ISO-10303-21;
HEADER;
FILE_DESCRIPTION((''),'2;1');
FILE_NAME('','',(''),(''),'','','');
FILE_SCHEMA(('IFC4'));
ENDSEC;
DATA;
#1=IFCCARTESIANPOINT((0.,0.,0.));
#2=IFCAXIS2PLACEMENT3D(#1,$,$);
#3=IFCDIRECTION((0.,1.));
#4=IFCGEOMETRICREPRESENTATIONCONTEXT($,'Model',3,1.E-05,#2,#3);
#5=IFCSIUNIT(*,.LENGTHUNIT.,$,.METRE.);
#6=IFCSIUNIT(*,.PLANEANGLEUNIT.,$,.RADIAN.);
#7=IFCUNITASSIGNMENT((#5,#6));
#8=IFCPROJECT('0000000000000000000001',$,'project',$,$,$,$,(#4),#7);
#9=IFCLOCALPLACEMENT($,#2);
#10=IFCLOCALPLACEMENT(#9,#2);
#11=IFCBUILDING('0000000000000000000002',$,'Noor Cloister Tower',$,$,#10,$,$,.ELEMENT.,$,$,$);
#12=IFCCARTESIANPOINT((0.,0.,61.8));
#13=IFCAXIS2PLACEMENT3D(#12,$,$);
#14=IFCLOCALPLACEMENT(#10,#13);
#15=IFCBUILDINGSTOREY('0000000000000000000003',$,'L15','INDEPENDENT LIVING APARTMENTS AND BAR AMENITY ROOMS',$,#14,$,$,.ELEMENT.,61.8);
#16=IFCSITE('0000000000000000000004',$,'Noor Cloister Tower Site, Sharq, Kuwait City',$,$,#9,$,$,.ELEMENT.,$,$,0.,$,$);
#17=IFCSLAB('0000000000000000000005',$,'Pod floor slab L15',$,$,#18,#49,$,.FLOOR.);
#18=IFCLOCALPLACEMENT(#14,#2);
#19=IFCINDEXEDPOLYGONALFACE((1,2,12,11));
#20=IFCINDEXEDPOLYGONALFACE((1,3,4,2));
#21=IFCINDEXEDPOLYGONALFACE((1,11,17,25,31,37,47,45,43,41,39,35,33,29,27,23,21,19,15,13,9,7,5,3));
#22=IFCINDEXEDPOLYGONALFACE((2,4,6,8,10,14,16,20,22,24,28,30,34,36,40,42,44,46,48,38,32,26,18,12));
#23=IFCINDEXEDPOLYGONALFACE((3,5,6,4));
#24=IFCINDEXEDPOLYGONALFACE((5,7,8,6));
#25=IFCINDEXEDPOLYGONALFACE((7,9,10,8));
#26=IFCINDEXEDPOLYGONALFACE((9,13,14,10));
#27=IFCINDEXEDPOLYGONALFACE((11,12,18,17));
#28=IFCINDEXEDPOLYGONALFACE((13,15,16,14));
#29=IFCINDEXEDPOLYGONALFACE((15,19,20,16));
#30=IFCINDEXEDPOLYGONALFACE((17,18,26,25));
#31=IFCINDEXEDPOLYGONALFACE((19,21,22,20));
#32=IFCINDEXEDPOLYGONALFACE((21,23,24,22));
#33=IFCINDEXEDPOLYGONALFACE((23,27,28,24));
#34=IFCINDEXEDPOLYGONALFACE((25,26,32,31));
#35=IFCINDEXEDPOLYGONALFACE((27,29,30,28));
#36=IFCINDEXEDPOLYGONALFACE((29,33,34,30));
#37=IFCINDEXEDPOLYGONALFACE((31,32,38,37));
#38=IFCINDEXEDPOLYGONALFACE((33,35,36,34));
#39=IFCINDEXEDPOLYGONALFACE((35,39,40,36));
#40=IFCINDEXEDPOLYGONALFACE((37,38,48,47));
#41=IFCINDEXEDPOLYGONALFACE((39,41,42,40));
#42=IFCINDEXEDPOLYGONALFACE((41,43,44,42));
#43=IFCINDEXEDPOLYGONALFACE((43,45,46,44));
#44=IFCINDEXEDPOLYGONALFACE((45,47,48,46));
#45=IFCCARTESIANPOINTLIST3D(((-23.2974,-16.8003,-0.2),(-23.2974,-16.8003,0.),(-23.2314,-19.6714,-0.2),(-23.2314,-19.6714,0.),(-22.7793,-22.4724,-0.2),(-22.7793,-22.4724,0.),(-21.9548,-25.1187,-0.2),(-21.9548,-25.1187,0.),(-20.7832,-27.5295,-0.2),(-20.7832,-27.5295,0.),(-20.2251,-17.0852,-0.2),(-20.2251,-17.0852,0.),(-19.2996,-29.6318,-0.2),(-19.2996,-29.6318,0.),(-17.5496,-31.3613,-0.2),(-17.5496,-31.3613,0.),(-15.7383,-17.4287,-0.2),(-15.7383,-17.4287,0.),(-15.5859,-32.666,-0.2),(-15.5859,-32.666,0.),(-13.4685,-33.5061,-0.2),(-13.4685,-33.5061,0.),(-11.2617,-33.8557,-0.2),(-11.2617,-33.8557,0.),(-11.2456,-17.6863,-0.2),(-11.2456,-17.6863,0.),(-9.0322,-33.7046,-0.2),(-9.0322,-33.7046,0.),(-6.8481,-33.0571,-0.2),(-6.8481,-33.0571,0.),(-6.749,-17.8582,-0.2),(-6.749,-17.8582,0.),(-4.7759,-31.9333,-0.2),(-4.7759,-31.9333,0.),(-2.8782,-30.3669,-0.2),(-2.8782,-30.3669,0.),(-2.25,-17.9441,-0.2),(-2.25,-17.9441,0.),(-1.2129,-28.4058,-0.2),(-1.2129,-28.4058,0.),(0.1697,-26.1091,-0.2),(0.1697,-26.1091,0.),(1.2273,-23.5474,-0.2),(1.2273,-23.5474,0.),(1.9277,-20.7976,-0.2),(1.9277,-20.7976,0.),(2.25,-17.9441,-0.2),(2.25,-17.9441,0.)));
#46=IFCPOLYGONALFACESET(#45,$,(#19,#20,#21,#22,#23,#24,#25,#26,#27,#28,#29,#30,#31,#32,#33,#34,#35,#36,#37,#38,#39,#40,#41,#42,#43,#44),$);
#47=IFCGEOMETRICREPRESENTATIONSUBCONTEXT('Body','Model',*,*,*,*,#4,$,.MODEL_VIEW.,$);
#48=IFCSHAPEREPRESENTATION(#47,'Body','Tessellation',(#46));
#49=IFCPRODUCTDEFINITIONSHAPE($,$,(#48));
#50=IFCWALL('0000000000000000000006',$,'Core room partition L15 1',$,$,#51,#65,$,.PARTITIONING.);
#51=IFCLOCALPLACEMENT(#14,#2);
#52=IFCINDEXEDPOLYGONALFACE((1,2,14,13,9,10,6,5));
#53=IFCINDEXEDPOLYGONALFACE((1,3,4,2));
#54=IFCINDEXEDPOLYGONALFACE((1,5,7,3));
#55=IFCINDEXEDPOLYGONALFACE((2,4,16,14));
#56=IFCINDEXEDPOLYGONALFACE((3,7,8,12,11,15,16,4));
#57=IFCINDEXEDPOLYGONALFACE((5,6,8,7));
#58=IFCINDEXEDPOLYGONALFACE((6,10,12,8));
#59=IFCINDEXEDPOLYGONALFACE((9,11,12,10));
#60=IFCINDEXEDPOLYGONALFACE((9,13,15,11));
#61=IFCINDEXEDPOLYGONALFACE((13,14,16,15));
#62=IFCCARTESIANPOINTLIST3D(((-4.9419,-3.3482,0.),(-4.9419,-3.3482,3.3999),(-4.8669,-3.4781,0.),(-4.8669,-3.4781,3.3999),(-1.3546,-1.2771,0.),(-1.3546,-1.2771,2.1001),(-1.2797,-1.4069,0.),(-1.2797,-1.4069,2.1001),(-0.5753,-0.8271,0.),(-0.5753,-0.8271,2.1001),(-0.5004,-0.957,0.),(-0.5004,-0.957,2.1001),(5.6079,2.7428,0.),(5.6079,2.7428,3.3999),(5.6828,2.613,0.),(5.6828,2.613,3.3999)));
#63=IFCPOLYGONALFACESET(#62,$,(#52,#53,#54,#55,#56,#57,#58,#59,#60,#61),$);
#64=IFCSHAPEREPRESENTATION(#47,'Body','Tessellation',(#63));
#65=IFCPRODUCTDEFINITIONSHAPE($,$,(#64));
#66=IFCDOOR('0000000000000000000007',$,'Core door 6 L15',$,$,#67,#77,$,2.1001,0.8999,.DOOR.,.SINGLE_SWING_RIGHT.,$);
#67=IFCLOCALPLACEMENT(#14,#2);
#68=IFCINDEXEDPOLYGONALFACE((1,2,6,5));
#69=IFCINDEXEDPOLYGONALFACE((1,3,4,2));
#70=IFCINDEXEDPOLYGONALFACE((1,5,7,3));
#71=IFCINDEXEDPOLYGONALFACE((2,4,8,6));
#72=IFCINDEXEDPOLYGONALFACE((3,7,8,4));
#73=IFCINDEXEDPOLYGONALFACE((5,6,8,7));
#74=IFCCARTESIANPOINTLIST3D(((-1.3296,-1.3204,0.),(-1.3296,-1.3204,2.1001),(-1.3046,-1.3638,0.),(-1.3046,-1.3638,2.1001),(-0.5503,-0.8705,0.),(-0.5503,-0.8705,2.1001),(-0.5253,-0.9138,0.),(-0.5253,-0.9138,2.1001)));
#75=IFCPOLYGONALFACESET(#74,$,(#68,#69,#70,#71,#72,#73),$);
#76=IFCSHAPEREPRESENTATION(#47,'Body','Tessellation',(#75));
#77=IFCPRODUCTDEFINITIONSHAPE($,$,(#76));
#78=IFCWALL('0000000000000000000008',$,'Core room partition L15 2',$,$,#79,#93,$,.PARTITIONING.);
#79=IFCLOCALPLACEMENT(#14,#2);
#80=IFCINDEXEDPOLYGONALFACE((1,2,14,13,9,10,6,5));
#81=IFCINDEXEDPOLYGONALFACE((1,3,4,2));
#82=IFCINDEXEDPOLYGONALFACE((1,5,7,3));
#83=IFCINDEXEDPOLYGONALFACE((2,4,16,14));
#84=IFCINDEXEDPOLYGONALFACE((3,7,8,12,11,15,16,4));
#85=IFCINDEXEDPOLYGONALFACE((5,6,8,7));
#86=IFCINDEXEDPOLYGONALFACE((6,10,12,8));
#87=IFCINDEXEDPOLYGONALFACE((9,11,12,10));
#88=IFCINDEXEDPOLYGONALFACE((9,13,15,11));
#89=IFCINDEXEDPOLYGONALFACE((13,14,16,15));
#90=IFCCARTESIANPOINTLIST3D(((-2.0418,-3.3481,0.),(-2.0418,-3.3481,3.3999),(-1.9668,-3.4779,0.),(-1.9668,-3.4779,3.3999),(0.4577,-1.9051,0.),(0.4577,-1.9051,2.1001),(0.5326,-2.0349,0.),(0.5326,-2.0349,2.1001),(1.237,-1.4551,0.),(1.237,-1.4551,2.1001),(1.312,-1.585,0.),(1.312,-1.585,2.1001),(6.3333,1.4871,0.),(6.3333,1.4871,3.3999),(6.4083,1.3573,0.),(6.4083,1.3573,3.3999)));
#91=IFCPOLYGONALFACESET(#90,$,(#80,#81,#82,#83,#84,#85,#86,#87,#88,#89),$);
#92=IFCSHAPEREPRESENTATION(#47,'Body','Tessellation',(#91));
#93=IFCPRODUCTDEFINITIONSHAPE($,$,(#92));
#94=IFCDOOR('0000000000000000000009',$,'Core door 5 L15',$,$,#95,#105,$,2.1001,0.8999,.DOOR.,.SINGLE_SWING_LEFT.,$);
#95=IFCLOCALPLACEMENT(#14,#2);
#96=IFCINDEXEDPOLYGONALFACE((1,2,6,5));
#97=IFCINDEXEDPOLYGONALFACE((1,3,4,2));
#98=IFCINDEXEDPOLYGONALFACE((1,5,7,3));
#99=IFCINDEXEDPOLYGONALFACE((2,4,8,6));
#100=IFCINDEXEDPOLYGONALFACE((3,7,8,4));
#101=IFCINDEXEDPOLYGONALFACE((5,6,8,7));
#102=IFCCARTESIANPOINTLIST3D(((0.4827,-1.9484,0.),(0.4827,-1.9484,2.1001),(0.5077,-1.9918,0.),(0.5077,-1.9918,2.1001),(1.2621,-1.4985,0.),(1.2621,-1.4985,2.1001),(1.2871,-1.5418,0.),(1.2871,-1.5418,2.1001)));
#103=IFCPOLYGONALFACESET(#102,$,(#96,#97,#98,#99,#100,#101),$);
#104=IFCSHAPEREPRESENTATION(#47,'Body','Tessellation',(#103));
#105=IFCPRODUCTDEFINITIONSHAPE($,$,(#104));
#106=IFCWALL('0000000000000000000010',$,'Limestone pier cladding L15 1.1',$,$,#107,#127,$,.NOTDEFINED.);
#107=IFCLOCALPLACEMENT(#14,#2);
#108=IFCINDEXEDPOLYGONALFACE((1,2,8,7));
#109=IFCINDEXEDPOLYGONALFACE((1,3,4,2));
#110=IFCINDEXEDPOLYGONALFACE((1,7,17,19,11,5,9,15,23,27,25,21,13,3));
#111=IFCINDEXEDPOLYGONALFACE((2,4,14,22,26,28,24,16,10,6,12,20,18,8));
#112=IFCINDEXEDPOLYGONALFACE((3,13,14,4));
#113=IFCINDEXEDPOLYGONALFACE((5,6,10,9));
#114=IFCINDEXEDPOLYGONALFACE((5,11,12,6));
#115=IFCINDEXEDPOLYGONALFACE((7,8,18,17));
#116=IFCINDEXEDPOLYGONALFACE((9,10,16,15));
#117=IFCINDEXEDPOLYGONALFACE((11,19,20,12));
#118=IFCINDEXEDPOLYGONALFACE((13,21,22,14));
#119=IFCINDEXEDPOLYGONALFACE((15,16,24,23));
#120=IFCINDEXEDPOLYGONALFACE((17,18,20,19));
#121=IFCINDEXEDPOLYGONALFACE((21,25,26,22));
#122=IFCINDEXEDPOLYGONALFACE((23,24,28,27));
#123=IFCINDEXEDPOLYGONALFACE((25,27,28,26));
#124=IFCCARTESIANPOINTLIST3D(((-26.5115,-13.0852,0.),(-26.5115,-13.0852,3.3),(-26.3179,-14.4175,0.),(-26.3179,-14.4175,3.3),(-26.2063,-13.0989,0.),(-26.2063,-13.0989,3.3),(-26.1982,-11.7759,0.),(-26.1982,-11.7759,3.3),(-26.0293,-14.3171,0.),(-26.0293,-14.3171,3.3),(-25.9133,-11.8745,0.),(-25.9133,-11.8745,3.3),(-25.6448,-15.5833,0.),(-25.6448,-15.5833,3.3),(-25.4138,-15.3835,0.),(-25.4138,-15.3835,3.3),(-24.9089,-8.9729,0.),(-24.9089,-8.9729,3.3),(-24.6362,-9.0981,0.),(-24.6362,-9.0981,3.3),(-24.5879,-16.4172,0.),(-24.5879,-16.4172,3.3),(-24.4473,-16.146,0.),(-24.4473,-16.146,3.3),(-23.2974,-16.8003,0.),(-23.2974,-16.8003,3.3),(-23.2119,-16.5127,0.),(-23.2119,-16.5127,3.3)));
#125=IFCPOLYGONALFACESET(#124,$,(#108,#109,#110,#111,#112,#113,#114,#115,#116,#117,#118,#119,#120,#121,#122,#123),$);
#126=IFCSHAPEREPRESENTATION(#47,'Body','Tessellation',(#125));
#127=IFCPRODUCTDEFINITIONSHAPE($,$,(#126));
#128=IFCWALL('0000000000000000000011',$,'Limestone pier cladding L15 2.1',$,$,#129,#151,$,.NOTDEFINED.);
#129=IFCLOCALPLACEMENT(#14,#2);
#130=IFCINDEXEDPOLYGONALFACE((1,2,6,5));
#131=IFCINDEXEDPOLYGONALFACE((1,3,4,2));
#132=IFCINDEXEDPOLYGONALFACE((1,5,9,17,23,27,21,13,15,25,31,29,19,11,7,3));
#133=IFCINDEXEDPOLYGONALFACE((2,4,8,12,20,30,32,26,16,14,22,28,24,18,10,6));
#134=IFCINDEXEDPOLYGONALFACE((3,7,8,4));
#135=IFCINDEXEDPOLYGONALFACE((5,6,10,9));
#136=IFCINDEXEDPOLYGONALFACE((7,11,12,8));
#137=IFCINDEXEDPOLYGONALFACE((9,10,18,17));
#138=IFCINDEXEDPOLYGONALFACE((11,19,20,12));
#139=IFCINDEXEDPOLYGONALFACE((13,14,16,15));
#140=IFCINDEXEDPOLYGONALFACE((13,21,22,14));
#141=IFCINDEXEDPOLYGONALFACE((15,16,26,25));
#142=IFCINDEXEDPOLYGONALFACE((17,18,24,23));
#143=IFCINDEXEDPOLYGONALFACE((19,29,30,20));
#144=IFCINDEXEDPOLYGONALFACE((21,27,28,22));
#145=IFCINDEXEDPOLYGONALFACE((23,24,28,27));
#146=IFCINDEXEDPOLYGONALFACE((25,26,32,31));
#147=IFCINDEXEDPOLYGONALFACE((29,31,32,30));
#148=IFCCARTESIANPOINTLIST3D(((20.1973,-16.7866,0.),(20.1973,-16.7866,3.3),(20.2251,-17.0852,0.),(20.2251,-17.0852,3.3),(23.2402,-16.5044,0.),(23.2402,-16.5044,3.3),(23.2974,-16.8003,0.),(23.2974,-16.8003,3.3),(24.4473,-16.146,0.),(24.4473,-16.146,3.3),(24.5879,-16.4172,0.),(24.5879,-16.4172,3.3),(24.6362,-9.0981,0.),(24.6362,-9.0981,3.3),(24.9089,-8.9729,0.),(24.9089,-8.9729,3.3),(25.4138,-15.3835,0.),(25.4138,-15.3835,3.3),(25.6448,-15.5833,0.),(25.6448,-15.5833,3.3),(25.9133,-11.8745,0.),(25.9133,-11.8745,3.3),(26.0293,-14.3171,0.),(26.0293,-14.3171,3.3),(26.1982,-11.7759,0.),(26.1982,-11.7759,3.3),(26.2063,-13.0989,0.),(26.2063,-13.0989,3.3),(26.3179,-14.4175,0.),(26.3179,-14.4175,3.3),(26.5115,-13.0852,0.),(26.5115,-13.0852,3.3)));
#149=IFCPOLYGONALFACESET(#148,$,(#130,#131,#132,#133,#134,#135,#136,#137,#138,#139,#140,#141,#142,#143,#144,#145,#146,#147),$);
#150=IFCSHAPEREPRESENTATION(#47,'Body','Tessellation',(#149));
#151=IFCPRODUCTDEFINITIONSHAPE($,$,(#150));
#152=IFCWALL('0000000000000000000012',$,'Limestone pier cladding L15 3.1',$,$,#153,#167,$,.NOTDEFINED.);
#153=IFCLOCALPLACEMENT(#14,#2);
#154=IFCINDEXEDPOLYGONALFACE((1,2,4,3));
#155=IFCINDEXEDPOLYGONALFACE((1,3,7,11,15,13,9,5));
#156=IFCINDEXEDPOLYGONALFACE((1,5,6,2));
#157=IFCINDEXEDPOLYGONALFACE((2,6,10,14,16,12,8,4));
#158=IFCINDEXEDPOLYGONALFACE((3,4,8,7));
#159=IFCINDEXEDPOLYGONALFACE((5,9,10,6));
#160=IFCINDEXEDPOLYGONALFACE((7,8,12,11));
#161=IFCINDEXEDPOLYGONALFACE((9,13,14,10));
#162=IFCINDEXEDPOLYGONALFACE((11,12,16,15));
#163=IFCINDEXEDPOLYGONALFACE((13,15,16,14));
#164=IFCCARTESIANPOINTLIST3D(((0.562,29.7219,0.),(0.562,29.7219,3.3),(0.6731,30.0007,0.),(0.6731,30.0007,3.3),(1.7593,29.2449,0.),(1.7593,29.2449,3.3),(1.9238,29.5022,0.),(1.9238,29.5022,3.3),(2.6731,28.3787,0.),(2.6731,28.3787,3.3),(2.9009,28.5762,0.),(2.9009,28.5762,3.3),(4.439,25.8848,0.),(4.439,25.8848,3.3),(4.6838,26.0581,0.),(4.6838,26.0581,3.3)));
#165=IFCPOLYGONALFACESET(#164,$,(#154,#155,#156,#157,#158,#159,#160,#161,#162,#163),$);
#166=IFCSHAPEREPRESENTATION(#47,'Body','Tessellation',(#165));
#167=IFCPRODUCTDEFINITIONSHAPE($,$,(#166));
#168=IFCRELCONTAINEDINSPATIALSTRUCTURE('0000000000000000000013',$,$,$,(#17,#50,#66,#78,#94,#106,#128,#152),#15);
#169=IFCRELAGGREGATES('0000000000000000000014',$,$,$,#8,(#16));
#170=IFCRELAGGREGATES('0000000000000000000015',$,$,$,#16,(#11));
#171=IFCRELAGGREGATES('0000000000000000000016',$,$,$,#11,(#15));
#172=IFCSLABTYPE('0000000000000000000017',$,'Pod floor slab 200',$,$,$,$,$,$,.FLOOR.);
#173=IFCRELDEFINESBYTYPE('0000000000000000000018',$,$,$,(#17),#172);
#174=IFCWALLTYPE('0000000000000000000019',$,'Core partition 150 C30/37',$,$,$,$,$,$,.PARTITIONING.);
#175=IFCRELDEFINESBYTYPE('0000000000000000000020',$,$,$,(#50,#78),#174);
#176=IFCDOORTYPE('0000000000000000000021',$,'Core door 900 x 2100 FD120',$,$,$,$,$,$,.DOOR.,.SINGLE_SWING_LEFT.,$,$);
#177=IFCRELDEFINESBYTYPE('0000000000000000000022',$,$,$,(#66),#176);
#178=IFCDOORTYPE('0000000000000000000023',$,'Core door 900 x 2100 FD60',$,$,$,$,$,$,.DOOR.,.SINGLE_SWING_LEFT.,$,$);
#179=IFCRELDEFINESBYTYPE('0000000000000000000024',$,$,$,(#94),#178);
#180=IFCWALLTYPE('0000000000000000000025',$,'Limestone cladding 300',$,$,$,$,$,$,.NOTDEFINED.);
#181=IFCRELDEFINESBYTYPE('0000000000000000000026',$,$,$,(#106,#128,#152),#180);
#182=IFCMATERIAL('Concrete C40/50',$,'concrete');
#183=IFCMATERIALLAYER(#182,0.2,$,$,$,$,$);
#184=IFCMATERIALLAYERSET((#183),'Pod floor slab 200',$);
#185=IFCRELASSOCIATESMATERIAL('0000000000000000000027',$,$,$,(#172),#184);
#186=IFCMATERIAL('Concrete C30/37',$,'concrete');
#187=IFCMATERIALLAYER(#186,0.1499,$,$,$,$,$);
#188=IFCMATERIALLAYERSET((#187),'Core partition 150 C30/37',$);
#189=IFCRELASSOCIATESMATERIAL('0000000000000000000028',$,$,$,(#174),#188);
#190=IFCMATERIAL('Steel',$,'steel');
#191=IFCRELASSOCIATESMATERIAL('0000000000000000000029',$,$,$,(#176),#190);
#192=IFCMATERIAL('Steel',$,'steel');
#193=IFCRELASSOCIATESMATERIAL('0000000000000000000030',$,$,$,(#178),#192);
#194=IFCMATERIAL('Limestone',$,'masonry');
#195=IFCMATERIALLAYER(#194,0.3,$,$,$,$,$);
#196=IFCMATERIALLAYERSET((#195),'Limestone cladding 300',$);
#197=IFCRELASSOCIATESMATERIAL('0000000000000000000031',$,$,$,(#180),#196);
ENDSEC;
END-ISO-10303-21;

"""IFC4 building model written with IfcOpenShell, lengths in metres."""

from ifc_helpers import new_model, si_unit, direction, frame, frame_2d, origin, place, context, subcontext, project, spatial, polyline, rectangle, outline, extrude, material, layer, layer_set, type_object, element, fill, save


model = new_model("IFC4")

# Units and contexts
model_context = context("Model", 3, precision=1e-05, world=origin(), true_north=direction((0.0, 1.0)))
body_context = subcontext(model_context, "Body", "Model", "MODEL_VIEW")
ifc_project = project(units=[si_unit("LENGTHUNIT", "METRE"), si_unit("PLANEANGLEUNIT", "RADIAN")], contexts=[model_context])

# Site, building, storey
site_placement = place(None, origin())
site = spatial("IfcSite", under=ifc_project, at=site_placement, Name="Noor Cloister Tower Site, Sharq, Kuwait City", CompositionType="ELEMENT", RefElevation=0.0)
building_placement = place(site_placement, origin())
building = spatial("IfcBuilding", under=site, at=building_placement, Name="Noor Cloister Tower", CompositionType="ELEMENT")
storey_placement = place(building_placement, frame((0.0, 0.0, 61.8)))
storey = spatial("IfcBuildingStorey", under=building, at=storey_placement, Name="L15", Description="INDEPENDENT LIVING APARTMENTS AND BAR AMENITY ROOMS", CompositionType="ELEMENT", Elevation=61.8)

# Slab
ifc_material_1 = material(Name="Concrete C40/50", Category="concrete")
ifc_layer_1 = layer(ifc_material_1, 0.2)
ifc_layer_set_1 = layer_set([ifc_layer_1], Name="Pod floor slab 200")
slab_type_1 = type_object("IfcSlabType", Name="Pod floor slab 200", PredefinedType="FLOOR", material=ifc_layer_set_1)
slab_1_placement = place(storey_placement, frame((0.0, 0.0, -0.2)))
element("IfcSlab", 1, at=slab_1_placement, inside=storey, type_object=slab_type_1, Name="Pod floor slab L15", PredefinedType="FLOOR", context=body_context, shape_type="SweptSolid", body=[
    extrude(outline(polyline([(-23.2974, -16.8003), (-23.2314, -19.6714), (-22.7793, -22.4724), (-21.9548, -25.1187), (-20.7832, -27.5295), (-19.2996, -29.6318), (-17.5496, -31.3613), (-15.5859, -32.666), (-13.4685, -33.5061), (-11.2617, -33.8557), (-9.0322, -33.7046), (-6.8481, -33.0571), (-4.7759, -31.9333), (-2.8782, -30.3669), (-1.2129, -28.4058), (0.1697, -26.1091), (1.2273, -23.5474), (1.9277, -20.7976), (2.25, -17.9441), (-2.25, -17.9441), (-6.749, -17.8582), (-11.2456, -17.6863), (-15.7383, -17.4287), (-20.2251, -17.0852), (-23.2974, -16.8003)])), origin(), (0.0, 0.0, 1.0), 0.2),
])

# Walls, openings, doors
ifc_material_2 = material(Name="Concrete C30/37", Category="concrete")
ifc_layer_2 = layer(ifc_material_2, 0.1499)
ifc_layer_set_2 = layer_set([ifc_layer_2], Name="Core partition 150 C30/37")
wall_type_1 = type_object("IfcWallType", Name="Core partition 150 C30/37", PredefinedType="PARTITIONING", material=ifc_layer_set_2)
wall_1_placement = place(storey_placement, frame((-4.9043, -3.4131, 0.0), z_axis=(0.0, 0.0, 1.0), x_axis=(0.866021, 0.500008, 0.0)))
wall_1 = element("IfcWall", 2, at=wall_1_placement, inside=storey, type_object=wall_type_1, Name="Core room partition L15 1", PredefinedType="PARTITIONING", context=body_context, shape_type="SweptSolid", body=[
    extrude(rectangle(XDim=12.1819, YDim=0.1499, at=frame_2d((6.0908, 0.0))), origin(), (0.0, 0.0, 1.0), 3.3999),
])
opening_1_placement = place(wall_1_placement, frame((4.1421, 0.0, 0.0)))
opening_1 = element("IfcOpeningElement", 3, at=opening_1_placement, cuts=wall_1, PredefinedType="OPENING", context=body_context, shape_type="SweptSolid", body=[
    extrude(rectangle(XDim=0.8999, YDim=2.1001, at=frame_2d((0.45, 1.05))), frame((0.0, 0.085, 0.0), z_axis=(0.0, -1.0, 0.0), x_axis=(1.0, 0.0, 0.0)), (0.0, 0.0, 1.0), 0.1699),
])
ifc_material_3 = material(Name="Steel", Category="steel")
door_type_1 = type_object("IfcDoorType", Name="Core door 900 x 2100 FD120", OperationType="SINGLE_SWING_LEFT", PredefinedType="DOOR", material=ifc_material_3)
door_1_placement = place(opening_1_placement, origin())
door_1 = element("IfcDoor", 4, at=door_1_placement, inside=storey, type_object=door_type_1, Name="Core door 6 L15", OperationType="SINGLE_SWING_RIGHT", OverallHeight=2.1001, OverallWidth=0.8999, PredefinedType="DOOR", context=body_context, shape_type="SweptSolid", body=[
    extrude(rectangle(XDim=0.8999, YDim=2.1001, at=frame_2d((0.45, 1.05))), frame((0.0, 0.0249, 0.0), z_axis=(0.0, -1.0, 0.0), x_axis=(1.0, 0.0, 0.0)), (0.0, 0.0, 1.0), 0.05),
])
fill(opening_1, door_1)
wall_2_placement = place(storey_placement, frame((-2.0044, -3.4131, 0.0), z_axis=(0.0, 0.0, 1.0), x_axis=(0.86603, 0.499992, 0.0)))
wall_2 = element("IfcWall", 5, at=wall_2_placement, inside=storey, type_object=wall_type_1, Name="Core room partition L15 2", PredefinedType="PARTITIONING", context=body_context, shape_type="SweptSolid", body=[
    extrude(rectangle(XDim=9.6707, YDim=0.1499, at=frame_2d((4.8354, 0.0))), origin(), (0.0, 0.0, 1.0), 3.3999),
])
opening_2_placement = place(wall_2_placement, frame((2.8862, 0.0, 0.0)))
opening_2 = element("IfcOpeningElement", 6, at=opening_2_placement, cuts=wall_2, PredefinedType="OPENING", context=body_context, shape_type="SweptSolid", body=[
    extrude(rectangle(XDim=0.8999, YDim=2.1001, at=frame_2d((0.45, 1.05))), frame((0.0, 0.085, 0.0), z_axis=(0.0, -1.0, 0.0), x_axis=(1.0, 0.0, 0.0)), (0.0, 0.0, 1.0), 0.1699),
])
ifc_material_4 = material(Name="Steel", Category="steel")
door_type_2 = type_object("IfcDoorType", Name="Core door 900 x 2100 FD60", OperationType="SINGLE_SWING_LEFT", PredefinedType="DOOR", material=ifc_material_4)
door_2_placement = place(opening_2_placement, origin())
door_2 = element("IfcDoor", 7, at=door_2_placement, inside=storey, type_object=door_type_2, Name="Core door 5 L15", OperationType="SINGLE_SWING_LEFT", OverallHeight=2.1001, OverallWidth=0.8999, PredefinedType="DOOR", context=body_context, shape_type="SweptSolid", body=[
    extrude(rectangle(XDim=0.8999, YDim=2.1001, at=frame_2d((0.45, 1.05))), frame((0.0, 0.0249, 0.0), z_axis=(0.0, -1.0, 0.0), x_axis=(1.0, 0.0, 0.0)), (0.0, 0.0, 1.0), 0.05),
])
fill(opening_2, door_2)

# Walls
ifc_material_5 = material(Name="Limestone", Category="masonry")
ifc_layer_3 = layer(ifc_material_5, 0.3)
ifc_layer_set_3 = layer_set([ifc_layer_3], Name="Limestone cladding 300")
wall_type_2 = type_object("IfcWallType", Name="Limestone cladding 300", PredefinedType="NOTDEFINED", material=ifc_layer_set_3)
wall_3_placement = place(storey_placement, origin())
element("IfcWall", 8, at=wall_3_placement, inside=storey, type_object=wall_type_2, Name="Limestone pier cladding L15 1.1", PredefinedType="NOTDEFINED", context=body_context, shape_type="SweptSolid", body=[
    extrude(outline(polyline([(-24.9089, -8.9729), (-26.1982, -11.7759), (-26.5115, -13.0852), (-26.3179, -14.4175), (-25.6448, -15.5833), (-24.5879, -16.4172), (-23.2974, -16.8003), (-23.2119, -16.5127), (-24.4473, -16.146), (-25.4138, -15.3835), (-26.0293, -14.3171), (-26.2063, -13.0989), (-25.9133, -11.8745), (-24.6362, -9.0981), (-24.9089, -8.9729)])), origin(), (0.0, 0.0, 1.0), 3.3),
])
wall_4_placement = place(storey_placement, origin())
element("IfcWall", 9, at=wall_4_placement, inside=storey, type_object=wall_type_2, Name="Limestone pier cladding L15 2.1", PredefinedType="NOTDEFINED", context=body_context, shape_type="SweptSolid", body=[
    extrude(outline(polyline([(20.2251, -17.0852), (23.2974, -16.8003), (24.5879, -16.4172), (25.6448, -15.5833), (26.3179, -14.4175), (26.5115, -13.0852), (26.1982, -11.7759), (24.9089, -8.9729), (24.6362, -9.0981), (25.9133, -11.8745), (26.2063, -13.0989), (26.0293, -14.3171), (25.4138, -15.3835), (24.4473, -16.146), (23.2402, -16.5044), (20.1973, -16.7866), (20.2251, -17.0852)])), origin(), (0.0, 0.0, 1.0), 3.3),
])
wall_5_placement = place(storey_placement, origin())
element("IfcWall", 10, at=wall_5_placement, inside=storey, type_object=wall_type_2, Name="Limestone pier cladding L15 3.1", PredefinedType="NOTDEFINED", context=body_context, shape_type="SweptSolid", body=[
    extrude(outline(polyline([(4.6838, 26.0581), (2.9009, 28.5762), (1.9238, 29.5022), (0.6731, 30.0007), (0.562, 29.7219), (1.7593, 29.2449), (2.6731, 28.3787), (4.439, 25.8848), (4.6838, 26.0581)])), origin(), (0.0, 0.0, 1.0), 3.3),
])

save(model, "model.ifc")
